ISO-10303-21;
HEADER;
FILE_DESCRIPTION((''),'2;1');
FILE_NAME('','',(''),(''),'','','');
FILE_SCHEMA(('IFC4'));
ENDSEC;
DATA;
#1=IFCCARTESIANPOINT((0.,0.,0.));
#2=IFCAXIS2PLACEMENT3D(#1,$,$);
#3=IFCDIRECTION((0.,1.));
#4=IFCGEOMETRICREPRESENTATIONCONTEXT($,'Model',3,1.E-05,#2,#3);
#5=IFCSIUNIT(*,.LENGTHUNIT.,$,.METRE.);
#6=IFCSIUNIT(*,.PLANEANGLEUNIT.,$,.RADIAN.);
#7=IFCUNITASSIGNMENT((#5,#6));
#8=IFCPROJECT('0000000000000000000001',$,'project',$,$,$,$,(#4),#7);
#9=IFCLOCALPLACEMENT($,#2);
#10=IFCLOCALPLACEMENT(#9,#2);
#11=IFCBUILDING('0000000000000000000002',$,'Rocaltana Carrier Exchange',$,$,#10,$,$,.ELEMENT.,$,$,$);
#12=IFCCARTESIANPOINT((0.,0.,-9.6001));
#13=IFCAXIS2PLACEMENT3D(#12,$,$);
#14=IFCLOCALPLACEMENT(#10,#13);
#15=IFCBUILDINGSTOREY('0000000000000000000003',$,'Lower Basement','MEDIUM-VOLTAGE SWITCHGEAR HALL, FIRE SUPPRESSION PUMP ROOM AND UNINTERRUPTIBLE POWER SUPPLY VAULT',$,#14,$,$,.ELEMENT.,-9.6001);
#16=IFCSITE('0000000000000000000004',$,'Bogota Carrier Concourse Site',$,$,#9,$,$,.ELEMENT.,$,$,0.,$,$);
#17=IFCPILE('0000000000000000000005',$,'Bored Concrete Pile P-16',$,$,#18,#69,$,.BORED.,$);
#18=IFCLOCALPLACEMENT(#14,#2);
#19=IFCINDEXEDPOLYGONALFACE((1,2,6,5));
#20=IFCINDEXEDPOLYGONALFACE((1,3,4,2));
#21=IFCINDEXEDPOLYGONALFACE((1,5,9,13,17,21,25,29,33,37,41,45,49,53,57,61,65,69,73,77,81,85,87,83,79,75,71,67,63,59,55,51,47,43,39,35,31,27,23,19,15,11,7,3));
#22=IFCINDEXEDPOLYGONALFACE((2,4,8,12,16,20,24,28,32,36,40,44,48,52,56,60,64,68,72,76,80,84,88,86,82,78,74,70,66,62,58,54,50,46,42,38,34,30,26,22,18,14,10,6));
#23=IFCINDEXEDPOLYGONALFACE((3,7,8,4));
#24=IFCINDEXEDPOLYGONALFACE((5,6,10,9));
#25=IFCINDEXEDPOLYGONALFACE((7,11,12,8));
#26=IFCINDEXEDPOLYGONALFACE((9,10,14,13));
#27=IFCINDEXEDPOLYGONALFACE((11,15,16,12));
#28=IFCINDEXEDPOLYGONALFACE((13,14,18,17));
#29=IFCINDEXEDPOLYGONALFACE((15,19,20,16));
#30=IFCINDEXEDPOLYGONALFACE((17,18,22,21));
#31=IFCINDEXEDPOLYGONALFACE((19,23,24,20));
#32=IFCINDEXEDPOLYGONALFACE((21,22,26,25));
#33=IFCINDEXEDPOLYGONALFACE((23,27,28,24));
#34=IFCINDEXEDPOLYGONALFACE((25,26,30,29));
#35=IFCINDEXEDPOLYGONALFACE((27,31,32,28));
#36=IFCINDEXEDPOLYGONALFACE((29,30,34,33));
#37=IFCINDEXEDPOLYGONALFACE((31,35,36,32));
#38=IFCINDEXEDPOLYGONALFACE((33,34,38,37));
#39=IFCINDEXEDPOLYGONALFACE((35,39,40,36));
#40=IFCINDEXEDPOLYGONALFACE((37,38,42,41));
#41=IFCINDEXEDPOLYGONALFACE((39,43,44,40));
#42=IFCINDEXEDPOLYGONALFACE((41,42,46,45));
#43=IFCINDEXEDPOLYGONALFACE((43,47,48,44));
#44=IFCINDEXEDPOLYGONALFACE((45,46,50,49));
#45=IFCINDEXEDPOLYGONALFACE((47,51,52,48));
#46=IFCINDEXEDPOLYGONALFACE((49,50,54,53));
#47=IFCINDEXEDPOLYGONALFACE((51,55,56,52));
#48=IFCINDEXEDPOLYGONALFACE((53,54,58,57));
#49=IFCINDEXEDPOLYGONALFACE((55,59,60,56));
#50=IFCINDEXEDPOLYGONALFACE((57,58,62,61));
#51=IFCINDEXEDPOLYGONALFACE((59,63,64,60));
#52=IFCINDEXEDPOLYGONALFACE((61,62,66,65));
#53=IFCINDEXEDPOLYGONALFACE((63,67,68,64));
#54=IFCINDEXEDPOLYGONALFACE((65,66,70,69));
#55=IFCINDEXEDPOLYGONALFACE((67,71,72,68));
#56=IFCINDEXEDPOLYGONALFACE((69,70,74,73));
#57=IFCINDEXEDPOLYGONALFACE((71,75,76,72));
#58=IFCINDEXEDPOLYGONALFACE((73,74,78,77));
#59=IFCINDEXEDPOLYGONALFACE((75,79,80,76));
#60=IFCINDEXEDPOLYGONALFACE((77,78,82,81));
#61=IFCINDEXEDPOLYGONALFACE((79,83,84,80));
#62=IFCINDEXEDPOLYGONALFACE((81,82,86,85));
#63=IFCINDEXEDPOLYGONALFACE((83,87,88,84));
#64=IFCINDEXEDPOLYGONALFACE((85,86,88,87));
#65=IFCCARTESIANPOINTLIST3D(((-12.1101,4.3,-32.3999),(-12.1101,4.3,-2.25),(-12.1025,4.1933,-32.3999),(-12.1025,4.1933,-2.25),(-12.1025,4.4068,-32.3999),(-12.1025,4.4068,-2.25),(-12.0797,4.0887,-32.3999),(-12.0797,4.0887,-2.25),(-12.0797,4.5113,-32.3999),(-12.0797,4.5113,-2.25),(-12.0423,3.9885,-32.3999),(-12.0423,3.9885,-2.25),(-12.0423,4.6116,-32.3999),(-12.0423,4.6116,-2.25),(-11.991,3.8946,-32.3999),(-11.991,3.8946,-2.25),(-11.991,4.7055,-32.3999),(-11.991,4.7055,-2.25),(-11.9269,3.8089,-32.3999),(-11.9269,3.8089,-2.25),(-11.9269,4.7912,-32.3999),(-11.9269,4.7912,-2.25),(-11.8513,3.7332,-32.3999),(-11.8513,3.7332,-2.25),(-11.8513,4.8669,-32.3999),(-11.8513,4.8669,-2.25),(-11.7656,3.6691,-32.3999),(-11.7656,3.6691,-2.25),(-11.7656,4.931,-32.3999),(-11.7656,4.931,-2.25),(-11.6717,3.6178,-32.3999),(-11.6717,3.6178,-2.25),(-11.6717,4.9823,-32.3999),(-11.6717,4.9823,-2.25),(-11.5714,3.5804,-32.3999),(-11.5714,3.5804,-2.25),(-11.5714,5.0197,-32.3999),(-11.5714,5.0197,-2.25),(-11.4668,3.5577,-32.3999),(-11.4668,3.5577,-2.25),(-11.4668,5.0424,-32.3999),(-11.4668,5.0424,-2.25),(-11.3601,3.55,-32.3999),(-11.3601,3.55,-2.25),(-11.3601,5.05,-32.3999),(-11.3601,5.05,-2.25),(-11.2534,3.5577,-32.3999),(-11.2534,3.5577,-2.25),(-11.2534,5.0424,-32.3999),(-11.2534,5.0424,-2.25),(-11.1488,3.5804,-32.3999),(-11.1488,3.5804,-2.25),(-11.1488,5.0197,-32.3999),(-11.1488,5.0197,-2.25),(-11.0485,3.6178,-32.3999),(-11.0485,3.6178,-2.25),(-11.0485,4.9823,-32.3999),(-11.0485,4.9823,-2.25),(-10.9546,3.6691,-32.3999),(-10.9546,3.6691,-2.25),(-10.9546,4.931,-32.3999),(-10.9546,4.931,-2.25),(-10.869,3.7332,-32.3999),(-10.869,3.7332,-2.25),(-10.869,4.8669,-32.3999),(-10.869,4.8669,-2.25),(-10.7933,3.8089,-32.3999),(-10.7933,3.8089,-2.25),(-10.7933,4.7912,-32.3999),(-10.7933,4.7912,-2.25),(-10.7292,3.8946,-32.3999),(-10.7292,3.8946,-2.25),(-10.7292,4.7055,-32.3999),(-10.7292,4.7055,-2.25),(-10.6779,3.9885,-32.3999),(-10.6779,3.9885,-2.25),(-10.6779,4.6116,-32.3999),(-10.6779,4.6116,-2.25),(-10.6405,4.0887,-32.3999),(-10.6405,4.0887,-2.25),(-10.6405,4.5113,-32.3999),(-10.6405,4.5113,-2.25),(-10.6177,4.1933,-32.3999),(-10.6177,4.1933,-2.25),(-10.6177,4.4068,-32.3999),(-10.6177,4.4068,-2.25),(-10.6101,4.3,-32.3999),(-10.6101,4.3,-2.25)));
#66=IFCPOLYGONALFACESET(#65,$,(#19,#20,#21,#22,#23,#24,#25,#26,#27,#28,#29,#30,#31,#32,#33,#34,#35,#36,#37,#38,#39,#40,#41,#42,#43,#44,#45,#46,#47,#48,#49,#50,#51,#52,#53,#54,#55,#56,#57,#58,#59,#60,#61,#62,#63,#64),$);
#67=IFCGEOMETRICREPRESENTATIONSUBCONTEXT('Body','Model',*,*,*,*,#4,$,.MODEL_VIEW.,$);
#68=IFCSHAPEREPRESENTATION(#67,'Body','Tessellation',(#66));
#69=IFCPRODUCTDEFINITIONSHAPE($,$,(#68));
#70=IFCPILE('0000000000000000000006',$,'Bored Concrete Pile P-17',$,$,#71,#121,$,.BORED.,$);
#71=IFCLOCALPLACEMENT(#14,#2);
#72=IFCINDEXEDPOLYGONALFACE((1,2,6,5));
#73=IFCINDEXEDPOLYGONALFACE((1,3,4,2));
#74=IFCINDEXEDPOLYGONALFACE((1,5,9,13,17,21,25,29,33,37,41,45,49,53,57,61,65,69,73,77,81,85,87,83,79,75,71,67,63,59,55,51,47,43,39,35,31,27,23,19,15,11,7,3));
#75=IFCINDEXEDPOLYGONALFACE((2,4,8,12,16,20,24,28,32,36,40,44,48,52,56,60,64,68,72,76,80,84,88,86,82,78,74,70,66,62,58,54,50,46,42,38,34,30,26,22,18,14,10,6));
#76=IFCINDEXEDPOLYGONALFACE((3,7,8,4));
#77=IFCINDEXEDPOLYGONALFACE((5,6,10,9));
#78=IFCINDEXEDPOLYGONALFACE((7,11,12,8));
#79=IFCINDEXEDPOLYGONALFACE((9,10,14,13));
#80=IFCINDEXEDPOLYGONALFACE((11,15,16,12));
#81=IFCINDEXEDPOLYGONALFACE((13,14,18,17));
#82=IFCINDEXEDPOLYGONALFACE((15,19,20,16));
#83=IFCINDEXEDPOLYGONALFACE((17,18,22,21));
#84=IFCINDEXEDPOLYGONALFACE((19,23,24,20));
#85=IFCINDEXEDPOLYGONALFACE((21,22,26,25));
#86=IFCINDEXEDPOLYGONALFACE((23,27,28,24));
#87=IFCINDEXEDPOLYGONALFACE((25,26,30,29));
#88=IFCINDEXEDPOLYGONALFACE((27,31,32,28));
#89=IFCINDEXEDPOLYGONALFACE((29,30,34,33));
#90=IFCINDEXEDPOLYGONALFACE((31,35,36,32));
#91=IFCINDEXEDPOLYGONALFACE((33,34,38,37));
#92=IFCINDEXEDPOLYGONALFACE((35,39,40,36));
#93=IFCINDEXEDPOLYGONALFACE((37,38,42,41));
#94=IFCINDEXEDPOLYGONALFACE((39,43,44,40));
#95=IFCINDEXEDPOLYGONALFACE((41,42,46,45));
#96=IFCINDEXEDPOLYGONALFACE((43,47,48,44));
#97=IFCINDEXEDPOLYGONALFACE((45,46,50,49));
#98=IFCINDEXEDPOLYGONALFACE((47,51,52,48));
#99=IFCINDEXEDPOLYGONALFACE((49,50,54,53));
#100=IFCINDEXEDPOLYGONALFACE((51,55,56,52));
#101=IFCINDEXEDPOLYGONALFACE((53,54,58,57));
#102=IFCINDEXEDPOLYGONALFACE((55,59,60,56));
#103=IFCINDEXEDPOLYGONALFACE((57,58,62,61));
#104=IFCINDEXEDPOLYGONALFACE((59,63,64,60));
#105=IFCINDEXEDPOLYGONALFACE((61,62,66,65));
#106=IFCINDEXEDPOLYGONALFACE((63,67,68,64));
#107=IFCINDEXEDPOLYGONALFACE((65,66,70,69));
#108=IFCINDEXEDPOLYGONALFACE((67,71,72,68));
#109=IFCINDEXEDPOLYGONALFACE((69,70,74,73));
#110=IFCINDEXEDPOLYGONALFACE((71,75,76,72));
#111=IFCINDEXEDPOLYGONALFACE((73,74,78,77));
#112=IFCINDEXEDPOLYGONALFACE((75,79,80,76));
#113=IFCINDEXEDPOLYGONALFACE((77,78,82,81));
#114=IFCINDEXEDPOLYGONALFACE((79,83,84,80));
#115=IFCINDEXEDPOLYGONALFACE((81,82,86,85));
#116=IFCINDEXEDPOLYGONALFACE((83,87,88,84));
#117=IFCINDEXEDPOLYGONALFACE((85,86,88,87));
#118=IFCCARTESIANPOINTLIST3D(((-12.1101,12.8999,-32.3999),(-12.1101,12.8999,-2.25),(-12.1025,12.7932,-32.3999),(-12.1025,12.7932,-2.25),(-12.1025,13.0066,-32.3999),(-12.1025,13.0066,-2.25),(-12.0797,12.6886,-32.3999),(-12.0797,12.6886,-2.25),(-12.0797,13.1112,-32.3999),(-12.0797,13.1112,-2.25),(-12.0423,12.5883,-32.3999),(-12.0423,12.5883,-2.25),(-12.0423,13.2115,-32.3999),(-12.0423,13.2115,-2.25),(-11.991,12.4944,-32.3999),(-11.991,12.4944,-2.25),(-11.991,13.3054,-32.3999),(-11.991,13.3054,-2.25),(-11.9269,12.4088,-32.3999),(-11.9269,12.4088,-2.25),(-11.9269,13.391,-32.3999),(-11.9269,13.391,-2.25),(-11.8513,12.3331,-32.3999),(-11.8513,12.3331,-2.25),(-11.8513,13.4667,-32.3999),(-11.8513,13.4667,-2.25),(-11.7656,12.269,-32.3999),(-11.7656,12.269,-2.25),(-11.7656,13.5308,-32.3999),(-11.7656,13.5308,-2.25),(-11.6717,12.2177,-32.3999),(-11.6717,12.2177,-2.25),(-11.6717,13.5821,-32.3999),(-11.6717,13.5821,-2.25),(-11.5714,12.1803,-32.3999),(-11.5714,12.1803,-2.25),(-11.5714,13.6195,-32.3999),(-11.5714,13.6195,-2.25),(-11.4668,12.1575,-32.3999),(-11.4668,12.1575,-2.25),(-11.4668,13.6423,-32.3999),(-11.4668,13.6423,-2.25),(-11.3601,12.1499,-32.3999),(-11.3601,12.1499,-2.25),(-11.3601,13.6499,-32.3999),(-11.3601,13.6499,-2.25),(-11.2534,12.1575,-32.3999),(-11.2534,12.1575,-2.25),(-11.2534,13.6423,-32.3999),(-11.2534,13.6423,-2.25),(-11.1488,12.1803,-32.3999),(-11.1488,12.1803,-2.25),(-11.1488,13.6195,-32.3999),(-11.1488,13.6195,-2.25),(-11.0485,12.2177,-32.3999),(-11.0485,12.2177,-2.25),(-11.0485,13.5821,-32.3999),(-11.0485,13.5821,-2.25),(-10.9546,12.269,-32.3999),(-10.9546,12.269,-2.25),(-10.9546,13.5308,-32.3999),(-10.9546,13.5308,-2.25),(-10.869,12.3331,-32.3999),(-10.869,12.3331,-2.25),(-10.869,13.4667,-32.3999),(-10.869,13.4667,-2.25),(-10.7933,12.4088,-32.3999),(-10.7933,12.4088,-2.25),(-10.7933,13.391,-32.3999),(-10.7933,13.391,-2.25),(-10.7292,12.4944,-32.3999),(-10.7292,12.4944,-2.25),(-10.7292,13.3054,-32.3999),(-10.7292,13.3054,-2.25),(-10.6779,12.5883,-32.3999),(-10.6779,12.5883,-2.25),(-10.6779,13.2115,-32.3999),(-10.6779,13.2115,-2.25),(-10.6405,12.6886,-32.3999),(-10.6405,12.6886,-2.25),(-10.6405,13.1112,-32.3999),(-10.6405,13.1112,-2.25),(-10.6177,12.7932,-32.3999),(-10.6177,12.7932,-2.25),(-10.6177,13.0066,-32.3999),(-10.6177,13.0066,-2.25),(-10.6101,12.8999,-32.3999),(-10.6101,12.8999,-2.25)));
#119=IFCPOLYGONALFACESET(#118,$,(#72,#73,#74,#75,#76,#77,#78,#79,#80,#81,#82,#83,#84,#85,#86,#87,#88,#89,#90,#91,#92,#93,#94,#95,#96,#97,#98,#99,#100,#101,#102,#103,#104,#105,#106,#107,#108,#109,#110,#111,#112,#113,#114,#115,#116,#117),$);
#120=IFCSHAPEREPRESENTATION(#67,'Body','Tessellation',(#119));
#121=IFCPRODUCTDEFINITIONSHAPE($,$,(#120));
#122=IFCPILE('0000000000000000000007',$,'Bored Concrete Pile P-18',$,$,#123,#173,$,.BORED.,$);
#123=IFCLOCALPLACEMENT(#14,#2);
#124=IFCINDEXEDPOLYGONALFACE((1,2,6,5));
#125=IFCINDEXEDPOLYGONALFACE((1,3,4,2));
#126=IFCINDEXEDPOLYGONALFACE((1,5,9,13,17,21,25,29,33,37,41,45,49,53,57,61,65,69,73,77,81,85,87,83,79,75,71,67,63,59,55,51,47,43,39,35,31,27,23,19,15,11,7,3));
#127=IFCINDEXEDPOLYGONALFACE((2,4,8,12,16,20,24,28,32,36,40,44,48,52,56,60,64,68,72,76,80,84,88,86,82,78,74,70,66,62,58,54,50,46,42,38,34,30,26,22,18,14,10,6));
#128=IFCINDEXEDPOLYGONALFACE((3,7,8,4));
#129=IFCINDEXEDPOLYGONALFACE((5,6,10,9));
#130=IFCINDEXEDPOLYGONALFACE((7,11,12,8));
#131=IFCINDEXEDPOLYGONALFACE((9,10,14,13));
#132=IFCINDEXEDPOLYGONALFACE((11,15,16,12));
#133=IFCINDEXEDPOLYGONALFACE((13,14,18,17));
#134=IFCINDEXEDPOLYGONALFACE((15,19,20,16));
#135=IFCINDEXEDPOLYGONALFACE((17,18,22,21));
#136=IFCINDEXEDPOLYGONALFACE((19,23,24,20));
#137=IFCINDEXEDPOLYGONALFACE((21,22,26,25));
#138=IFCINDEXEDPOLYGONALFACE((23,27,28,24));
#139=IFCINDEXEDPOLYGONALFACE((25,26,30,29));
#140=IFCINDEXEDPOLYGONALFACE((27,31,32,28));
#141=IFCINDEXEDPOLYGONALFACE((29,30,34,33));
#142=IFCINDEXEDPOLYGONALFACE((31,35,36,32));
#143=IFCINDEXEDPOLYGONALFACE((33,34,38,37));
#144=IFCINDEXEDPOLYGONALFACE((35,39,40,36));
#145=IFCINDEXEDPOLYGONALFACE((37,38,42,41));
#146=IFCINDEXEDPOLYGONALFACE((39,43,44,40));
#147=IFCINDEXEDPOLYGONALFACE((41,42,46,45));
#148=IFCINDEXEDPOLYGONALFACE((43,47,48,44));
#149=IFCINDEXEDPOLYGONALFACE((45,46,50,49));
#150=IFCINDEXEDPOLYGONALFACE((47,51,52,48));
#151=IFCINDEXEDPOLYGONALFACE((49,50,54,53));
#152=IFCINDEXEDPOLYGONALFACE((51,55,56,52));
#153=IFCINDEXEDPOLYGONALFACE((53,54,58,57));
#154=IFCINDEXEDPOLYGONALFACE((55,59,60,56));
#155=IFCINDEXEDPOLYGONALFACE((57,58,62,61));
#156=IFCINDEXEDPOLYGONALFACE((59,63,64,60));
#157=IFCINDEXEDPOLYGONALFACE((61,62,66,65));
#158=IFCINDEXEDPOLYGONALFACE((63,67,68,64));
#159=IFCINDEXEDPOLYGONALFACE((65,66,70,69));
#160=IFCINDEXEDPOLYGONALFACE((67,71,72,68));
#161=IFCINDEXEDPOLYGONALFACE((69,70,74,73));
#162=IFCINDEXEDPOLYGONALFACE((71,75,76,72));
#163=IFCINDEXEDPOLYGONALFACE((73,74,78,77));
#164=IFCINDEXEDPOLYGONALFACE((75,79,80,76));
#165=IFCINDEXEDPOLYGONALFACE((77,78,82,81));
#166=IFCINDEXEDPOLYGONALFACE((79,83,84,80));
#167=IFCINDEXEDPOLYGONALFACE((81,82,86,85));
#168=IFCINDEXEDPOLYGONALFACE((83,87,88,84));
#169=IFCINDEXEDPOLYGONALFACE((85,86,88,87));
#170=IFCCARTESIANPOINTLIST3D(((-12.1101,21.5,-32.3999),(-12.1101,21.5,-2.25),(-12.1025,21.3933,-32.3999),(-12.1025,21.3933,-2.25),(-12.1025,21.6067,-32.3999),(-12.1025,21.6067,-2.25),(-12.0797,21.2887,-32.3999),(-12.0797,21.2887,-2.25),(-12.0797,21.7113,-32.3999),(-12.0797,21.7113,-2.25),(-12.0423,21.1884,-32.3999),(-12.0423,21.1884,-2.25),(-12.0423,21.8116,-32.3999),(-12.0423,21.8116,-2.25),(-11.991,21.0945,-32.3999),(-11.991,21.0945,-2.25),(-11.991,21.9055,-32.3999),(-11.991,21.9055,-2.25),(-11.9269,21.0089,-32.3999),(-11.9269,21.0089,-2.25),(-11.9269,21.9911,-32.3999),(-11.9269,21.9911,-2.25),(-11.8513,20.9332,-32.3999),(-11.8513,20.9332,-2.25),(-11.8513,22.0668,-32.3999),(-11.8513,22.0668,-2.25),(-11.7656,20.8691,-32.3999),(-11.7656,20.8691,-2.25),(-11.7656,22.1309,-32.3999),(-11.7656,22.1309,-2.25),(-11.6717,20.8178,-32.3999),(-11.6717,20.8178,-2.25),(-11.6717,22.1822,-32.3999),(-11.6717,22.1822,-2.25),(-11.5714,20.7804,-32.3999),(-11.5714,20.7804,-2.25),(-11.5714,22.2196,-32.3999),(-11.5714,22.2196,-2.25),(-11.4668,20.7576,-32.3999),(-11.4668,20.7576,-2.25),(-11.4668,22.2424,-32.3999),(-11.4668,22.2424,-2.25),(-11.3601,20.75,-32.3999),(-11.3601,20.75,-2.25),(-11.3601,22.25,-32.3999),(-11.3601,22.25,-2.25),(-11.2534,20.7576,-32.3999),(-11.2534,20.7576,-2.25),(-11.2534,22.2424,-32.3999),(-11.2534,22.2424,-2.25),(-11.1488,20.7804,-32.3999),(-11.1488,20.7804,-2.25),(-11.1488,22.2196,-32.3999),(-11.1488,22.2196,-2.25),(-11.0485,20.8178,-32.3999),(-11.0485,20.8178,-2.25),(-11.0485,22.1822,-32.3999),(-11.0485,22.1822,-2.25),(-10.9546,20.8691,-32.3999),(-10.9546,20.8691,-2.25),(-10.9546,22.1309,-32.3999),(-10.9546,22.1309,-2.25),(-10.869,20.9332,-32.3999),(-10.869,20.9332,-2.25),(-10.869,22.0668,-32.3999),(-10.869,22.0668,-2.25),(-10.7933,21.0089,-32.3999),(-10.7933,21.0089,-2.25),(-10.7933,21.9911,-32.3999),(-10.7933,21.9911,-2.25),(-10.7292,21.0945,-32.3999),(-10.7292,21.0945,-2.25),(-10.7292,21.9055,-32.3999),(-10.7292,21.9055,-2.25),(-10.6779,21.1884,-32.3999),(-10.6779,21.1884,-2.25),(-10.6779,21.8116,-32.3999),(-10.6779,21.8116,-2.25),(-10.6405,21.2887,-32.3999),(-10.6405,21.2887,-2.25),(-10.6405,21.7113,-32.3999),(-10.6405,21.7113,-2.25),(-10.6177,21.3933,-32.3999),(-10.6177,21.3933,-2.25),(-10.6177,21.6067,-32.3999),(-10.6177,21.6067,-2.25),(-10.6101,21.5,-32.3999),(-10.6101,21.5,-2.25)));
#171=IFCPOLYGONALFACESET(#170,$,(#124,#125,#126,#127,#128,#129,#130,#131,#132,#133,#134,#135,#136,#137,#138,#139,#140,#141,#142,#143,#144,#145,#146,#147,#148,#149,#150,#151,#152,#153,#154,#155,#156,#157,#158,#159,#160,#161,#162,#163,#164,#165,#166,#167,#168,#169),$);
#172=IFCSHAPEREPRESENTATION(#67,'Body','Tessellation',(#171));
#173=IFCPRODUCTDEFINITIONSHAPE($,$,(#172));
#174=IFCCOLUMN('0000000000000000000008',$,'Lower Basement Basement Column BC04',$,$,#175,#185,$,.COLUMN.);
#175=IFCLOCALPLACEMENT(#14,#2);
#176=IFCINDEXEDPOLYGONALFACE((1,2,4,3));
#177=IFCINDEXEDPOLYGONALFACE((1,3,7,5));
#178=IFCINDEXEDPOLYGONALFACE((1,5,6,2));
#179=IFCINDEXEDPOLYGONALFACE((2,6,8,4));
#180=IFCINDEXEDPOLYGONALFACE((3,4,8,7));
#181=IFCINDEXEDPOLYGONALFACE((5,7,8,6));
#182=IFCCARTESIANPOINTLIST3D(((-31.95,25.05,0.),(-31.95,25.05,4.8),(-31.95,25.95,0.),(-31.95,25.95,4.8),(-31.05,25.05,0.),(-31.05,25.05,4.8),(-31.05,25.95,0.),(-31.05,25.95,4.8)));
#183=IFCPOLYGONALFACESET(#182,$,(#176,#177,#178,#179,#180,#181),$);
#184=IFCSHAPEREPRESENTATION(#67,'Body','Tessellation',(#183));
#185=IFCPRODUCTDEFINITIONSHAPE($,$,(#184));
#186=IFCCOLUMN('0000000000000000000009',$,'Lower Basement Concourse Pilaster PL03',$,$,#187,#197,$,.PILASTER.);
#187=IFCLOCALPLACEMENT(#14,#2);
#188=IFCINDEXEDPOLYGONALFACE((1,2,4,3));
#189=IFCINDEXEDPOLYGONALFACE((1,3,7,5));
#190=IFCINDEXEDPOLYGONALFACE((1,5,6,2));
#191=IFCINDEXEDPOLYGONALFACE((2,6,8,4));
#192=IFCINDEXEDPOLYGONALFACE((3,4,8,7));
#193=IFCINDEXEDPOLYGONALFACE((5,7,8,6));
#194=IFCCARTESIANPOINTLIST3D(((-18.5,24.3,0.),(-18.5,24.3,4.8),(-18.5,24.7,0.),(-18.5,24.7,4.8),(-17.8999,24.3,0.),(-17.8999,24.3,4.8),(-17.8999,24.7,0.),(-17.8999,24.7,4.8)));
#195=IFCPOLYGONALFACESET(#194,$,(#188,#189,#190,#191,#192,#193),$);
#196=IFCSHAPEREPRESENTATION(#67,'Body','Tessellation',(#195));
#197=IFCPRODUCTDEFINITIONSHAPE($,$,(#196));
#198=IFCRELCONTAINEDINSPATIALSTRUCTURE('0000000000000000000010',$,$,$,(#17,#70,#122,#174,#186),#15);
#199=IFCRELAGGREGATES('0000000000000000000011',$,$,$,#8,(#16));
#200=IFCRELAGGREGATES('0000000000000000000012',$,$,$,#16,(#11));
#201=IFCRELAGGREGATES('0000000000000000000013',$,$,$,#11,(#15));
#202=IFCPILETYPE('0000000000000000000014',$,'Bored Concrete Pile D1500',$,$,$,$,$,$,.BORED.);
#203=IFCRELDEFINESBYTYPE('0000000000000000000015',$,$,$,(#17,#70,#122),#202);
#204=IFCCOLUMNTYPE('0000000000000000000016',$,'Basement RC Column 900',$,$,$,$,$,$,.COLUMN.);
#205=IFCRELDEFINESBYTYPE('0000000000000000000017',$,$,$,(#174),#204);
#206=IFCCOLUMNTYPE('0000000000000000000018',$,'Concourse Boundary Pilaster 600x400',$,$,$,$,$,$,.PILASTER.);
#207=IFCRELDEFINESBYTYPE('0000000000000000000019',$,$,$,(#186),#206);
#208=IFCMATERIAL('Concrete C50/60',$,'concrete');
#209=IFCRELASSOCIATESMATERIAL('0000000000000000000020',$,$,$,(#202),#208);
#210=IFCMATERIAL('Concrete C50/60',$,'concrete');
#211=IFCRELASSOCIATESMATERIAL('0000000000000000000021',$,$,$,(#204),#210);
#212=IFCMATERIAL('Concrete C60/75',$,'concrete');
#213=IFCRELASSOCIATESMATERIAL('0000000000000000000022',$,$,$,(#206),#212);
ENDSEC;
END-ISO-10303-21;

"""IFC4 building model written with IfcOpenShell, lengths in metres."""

from ifc_helpers import new_model, si_unit, direction, frame, origin, origin_2d, place, context, subcontext, project, spatial, rectangle, circle, extrude, material, material_profile, profile_set, type_object, element, save


model = new_model("IFC4")

# Units and contexts
model_context = context("Model", 3, precision=1e-05, world=origin(), true_north=direction((0.0, 1.0)))
body_context = subcontext(model_context, "Body", "Model", "MODEL_VIEW")
ifc_project = project(units=[si_unit("LENGTHUNIT", "METRE"), si_unit("PLANEANGLEUNIT", "RADIAN")], contexts=[model_context])

# Site, building, storey
site_placement = place(None, origin())
site = spatial("IfcSite", under=ifc_project, at=site_placement, Name="Bogota Carrier Concourse Site", CompositionType="ELEMENT", RefElevation=0.0)
building_placement = place(site_placement, origin())
building = spatial("IfcBuilding", under=site, at=building_placement, Name="Rocaltana Carrier Exchange", CompositionType="ELEMENT")
storey_placement = place(building_placement, frame((0.0, 0.0, -9.6001)))
storey = spatial("IfcBuildingStorey", under=building, at=storey_placement, Name="Lower Basement", Description="MEDIUM-VOLTAGE SWITCHGEAR HALL, FIRE SUPPRESSION PUMP ROOM AND UNINTERRUPTIBLE POWER SUPPLY VAULT", CompositionType="ELEMENT", Elevation=-9.6001)

# Piles
ifc_material_1 = material(Name="Concrete C50/60", Category="concrete")
ifc_material_profile_1 = material_profile(ifc_material_1, circle(Radius=0.75, at=origin_2d()), Name="PILE-D1500")
ifc_profile_set_1 = profile_set([ifc_material_profile_1], Name="Concrete C50/60")
pile_type = type_object("IfcPileType", Name="Bored Concrete Pile D1500", PredefinedType="BORED", material=ifc_profile_set_1)
for number, where, z_axis, x_axis, name in (
    (1, (-11.3601, 4.3, -2.25), (0.0, 0.0, -1.0), (1.0, 0.0, 0.0), "Bored Concrete Pile P-16"),
    (2, (-11.3601, 12.8999, -2.25), (0.0, 0.0, -1.0), (1.0, 0.0, 0.0), "Bored Concrete Pile P-17"),
    (3, (-11.3601, 21.5, -2.25), (0.0, 0.0, -1.0), (1.0, 0.0, 0.0), "Bored Concrete Pile P-18"),
):
    element("IfcPile", number, at=place(storey_placement, frame(where, z_axis=z_axis, x_axis=x_axis)), inside=storey, type_object=pile_type, Name=name, PredefinedType="BORED", context=body_context, shape_type="SweptSolid", body=[
        extrude(circle(Radius=0.75, at=origin_2d()), origin(), (0.0, 0.0, 1.0), 30.1499),
    ])

# Columns
ifc_material_2 = material(Name="Concrete C50/60", Category="concrete")
ifc_material_profile_2 = material_profile(ifc_material_2, rectangle(XDim=0.8999, YDim=0.8999, at=origin_2d()), Name="RC-COL-900X900")
ifc_profile_set_2 = profile_set([ifc_material_profile_2], Name="Concrete C50/60")
column_type_1 = type_object("IfcColumnType", Name="Basement RC Column 900", PredefinedType="COLUMN", material=ifc_profile_set_2)
column_1_placement = place(storey_placement, frame((-31.5, 25.5, 0.0), z_axis=(0.0, 0.0, 1.0), x_axis=(1.0, 0.0, 0.0)))
element("IfcColumn", 4, at=column_1_placement, inside=storey, type_object=column_type_1, Name="Lower Basement Basement Column BC04", PredefinedType="COLUMN", context=body_context, shape_type="SweptSolid", body=[
    extrude(rectangle(XDim=0.8999, YDim=0.8999, at=origin_2d()), origin(), (0.0, 0.0, 1.0), 4.8),
])
ifc_material_3 = material(Name="Concrete C60/75", Category="concrete")
ifc_material_profile_3 = material_profile(ifc_material_3, rectangle(XDim=0.6001, YDim=0.3999, at=origin_2d()), Name="RC-PIL-600X400")
ifc_profile_set_3 = profile_set([ifc_material_profile_3], Name="Concrete C60/75")
column_type_2 = type_object("IfcColumnType", Name="Concourse Boundary Pilaster 600x400", PredefinedType="PILASTER", material=ifc_profile_set_3)
for number, where, z_axis, x_axis, name in (
    (5, (-18.2, 24.5, 0.0), (0.0, 0.0, 1.0), (1.0, 0.0, 0.0), "Lower Basement Concourse Pilaster PL03"),
):
    element("IfcColumn", number, at=place(storey_placement, frame(where, z_axis=z_axis, x_axis=x_axis)), inside=storey, type_object=column_type_2, Name=name, PredefinedType="PILASTER", context=body_context, shape_type="SweptSolid", body=[
        extrude(rectangle(XDim=0.6001, YDim=0.3999, at=origin_2d()), origin(), (0.0, 0.0, 1.0), 4.8),
    ])

save(model, "model.ifc")
